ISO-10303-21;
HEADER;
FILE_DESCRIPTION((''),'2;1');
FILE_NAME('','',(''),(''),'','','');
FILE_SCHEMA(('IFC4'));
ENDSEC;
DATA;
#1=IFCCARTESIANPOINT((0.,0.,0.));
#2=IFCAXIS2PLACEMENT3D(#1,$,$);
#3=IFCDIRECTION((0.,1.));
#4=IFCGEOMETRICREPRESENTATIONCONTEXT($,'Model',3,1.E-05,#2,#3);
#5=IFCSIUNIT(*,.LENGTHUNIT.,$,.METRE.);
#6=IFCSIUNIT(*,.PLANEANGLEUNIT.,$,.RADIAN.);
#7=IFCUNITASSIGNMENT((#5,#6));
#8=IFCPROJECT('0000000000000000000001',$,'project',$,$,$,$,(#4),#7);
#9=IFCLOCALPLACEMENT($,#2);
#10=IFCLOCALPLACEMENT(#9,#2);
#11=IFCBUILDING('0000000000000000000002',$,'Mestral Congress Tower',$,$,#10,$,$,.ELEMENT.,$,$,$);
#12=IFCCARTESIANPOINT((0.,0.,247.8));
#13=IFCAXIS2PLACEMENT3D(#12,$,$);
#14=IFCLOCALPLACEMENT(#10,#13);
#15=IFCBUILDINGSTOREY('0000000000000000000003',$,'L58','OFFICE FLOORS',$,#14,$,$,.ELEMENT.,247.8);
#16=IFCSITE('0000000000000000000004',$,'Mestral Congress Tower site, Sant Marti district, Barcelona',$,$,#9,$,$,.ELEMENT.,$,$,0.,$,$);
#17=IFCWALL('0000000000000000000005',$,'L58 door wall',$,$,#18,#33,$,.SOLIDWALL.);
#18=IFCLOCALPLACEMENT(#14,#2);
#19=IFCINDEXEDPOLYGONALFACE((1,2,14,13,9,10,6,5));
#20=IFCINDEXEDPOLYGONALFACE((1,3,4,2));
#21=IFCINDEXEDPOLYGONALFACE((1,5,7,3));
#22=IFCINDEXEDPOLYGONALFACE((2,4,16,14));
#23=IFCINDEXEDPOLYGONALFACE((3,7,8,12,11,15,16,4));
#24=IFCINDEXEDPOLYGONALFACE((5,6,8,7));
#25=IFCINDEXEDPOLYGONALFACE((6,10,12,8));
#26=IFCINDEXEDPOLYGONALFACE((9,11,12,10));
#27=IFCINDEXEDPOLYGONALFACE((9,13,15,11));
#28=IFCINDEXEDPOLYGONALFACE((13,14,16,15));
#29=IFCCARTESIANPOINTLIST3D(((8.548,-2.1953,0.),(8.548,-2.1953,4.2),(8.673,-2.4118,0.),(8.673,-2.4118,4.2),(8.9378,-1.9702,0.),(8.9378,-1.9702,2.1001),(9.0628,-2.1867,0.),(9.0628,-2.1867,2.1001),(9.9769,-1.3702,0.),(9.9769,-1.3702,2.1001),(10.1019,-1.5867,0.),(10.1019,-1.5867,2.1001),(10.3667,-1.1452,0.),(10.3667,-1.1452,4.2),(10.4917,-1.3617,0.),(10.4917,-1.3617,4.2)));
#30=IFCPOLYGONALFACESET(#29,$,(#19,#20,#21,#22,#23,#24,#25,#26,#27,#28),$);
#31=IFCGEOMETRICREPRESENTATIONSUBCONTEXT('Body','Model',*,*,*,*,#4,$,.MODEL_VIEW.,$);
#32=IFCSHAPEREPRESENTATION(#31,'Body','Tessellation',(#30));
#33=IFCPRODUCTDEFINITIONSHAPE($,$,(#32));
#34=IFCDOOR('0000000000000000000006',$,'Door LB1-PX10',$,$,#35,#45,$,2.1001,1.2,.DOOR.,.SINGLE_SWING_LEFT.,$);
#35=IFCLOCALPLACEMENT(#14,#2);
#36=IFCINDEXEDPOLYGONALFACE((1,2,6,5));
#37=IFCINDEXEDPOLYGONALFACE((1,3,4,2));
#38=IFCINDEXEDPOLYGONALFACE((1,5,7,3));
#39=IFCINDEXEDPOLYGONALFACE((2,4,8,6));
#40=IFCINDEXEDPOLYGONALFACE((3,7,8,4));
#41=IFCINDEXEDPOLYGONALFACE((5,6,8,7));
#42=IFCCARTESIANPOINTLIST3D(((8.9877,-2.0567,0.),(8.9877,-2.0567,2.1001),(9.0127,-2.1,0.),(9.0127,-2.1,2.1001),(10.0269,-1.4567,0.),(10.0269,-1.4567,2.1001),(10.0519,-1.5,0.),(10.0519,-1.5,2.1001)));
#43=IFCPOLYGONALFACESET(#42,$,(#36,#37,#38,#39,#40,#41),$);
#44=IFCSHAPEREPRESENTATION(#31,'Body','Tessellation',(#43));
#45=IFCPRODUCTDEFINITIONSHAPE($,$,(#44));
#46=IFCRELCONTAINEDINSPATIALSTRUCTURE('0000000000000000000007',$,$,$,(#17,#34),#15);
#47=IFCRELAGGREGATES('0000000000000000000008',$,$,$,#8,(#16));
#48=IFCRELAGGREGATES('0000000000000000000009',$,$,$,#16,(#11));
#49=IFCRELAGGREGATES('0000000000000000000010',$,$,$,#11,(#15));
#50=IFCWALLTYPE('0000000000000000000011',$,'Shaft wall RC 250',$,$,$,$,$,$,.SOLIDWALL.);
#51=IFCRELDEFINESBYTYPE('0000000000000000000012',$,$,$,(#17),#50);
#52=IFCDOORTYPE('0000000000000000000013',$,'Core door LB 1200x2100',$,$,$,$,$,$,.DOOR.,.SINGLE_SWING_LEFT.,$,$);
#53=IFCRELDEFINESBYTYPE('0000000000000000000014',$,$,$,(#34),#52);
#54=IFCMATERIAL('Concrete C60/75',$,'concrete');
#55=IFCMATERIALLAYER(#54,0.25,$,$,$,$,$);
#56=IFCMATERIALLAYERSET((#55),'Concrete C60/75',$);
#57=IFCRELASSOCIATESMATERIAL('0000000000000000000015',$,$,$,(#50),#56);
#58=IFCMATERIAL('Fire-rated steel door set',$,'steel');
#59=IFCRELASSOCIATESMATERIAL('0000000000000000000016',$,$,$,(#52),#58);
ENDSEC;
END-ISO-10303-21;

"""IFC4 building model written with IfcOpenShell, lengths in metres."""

from ifc_helpers import new_model, si_unit, direction, frame, frame_2d, origin, place, context, subcontext, project, spatial, rectangle, extrude, material, layer, layer_set, type_object, element, fill, save


model = new_model("IFC4")

# Units and contexts
model_context = context("Model", 3, precision=1e-05, world=origin(), true_north=direction((0.0, 1.0)))
body_context = subcontext(model_context, "Body", "Model", "MODEL_VIEW")
ifc_project = project(units=[si_unit("LENGTHUNIT", "METRE"), si_unit("PLANEANGLEUNIT", "RADIAN")], contexts=[model_context])

# Site, building, storey
site_placement = place(None, origin())
site = spatial("IfcSite", under=ifc_project, at=site_placement, Name="Mestral Congress Tower site, Sant Marti district, Barcelona", CompositionType="ELEMENT", RefElevation=0.0)
building_placement = place(site_placement, origin())
building = spatial("IfcBuilding", under=site, at=building_placement, Name="Mestral Congress Tower", CompositionType="ELEMENT")
storey_placement = place(building_placement, frame((0.0, 0.0, 247.8)))
storey = spatial("IfcBuildingStorey", under=building, at=storey_placement, Name="L58", Description="OFFICE FLOORS", CompositionType="ELEMENT", Elevation=247.8)

# Shared definitions
ifc_material_1 = material(Name="Concrete C60/75", Category="concrete")

# Shared definitions
ifc_material_2 = material(Name="Fire-rated steel door set", Category="steel")

# Shared definitions
ifc_layer_1 = layer(ifc_material_1, 0.25)
ifc_layer_set_1 = layer_set([ifc_layer_1], Name="Concrete C60/75")
wall_type_1 = type_object("IfcWallType", Name="Shaft wall RC 250", PredefinedType="SOLIDWALL", material=ifc_layer_set_1)

# Wall, opening, door
wall_1_placement = place(storey_placement, frame((10.4292, -1.2534, 0.0), z_axis=(0.0, 0.0, 1.0), x_axis=(-0.866009, -0.500028, 0.0)))
wall_1 = element("IfcWall", 1, at=wall_1_placement, inside=storey, type_object=wall_type_1, Name="L58 door wall", PredefinedType="SOLIDWALL", context=body_context, shape_type="SweptSolid", body=[
    extrude(rectangle(XDim=2.1001, YDim=0.25, at=frame_2d((1.05, 0.0))), origin(), (0.0, 0.0, 1.0), 4.2),
])
opening_1_placement = place(wall_1_placement, frame((0.45, 0.0, 0.0)))
opening_1 = element("IfcOpeningElement", 2, at=opening_1_placement, cuts=wall_1, PredefinedType="OPENING", context=body_context, shape_type="SweptSolid", body=[
    extrude(rectangle(XDim=1.2, YDim=2.1001, at=frame_2d((0.6001, 1.05))), frame((0.0, 0.135, 0.0), z_axis=(0.0, -1.0, 0.0), x_axis=(1.0, 0.0, 0.0)), (0.0, 0.0, 1.0), 0.27),
])
door_type_1 = type_object("IfcDoorType", Name="Core door LB 1200x2100", OperationType="SINGLE_SWING_LEFT", PredefinedType="DOOR", material=ifc_material_2)
door_1_placement = place(opening_1_placement, origin())
door_1 = element("IfcDoor", 3, at=door_1_placement, inside=storey, type_object=door_type_1, Name="Door LB1-PX10", OperationType="SINGLE_SWING_LEFT", OverallHeight=2.1001, OverallWidth=1.2, PredefinedType="DOOR", context=body_context, shape_type="SweptSolid", body=[
    extrude(rectangle(XDim=1.2, YDim=2.1001, at=frame_2d((0.6001, 1.05))), frame((0.0, 0.0249, 0.0), z_axis=(0.0, -1.0, 0.0), x_axis=(1.0, 0.0, 0.0)), (0.0, 0.0, 1.0), 0.05),
])
fill(opening_1, door_1)

save(model, "model.ifc")
